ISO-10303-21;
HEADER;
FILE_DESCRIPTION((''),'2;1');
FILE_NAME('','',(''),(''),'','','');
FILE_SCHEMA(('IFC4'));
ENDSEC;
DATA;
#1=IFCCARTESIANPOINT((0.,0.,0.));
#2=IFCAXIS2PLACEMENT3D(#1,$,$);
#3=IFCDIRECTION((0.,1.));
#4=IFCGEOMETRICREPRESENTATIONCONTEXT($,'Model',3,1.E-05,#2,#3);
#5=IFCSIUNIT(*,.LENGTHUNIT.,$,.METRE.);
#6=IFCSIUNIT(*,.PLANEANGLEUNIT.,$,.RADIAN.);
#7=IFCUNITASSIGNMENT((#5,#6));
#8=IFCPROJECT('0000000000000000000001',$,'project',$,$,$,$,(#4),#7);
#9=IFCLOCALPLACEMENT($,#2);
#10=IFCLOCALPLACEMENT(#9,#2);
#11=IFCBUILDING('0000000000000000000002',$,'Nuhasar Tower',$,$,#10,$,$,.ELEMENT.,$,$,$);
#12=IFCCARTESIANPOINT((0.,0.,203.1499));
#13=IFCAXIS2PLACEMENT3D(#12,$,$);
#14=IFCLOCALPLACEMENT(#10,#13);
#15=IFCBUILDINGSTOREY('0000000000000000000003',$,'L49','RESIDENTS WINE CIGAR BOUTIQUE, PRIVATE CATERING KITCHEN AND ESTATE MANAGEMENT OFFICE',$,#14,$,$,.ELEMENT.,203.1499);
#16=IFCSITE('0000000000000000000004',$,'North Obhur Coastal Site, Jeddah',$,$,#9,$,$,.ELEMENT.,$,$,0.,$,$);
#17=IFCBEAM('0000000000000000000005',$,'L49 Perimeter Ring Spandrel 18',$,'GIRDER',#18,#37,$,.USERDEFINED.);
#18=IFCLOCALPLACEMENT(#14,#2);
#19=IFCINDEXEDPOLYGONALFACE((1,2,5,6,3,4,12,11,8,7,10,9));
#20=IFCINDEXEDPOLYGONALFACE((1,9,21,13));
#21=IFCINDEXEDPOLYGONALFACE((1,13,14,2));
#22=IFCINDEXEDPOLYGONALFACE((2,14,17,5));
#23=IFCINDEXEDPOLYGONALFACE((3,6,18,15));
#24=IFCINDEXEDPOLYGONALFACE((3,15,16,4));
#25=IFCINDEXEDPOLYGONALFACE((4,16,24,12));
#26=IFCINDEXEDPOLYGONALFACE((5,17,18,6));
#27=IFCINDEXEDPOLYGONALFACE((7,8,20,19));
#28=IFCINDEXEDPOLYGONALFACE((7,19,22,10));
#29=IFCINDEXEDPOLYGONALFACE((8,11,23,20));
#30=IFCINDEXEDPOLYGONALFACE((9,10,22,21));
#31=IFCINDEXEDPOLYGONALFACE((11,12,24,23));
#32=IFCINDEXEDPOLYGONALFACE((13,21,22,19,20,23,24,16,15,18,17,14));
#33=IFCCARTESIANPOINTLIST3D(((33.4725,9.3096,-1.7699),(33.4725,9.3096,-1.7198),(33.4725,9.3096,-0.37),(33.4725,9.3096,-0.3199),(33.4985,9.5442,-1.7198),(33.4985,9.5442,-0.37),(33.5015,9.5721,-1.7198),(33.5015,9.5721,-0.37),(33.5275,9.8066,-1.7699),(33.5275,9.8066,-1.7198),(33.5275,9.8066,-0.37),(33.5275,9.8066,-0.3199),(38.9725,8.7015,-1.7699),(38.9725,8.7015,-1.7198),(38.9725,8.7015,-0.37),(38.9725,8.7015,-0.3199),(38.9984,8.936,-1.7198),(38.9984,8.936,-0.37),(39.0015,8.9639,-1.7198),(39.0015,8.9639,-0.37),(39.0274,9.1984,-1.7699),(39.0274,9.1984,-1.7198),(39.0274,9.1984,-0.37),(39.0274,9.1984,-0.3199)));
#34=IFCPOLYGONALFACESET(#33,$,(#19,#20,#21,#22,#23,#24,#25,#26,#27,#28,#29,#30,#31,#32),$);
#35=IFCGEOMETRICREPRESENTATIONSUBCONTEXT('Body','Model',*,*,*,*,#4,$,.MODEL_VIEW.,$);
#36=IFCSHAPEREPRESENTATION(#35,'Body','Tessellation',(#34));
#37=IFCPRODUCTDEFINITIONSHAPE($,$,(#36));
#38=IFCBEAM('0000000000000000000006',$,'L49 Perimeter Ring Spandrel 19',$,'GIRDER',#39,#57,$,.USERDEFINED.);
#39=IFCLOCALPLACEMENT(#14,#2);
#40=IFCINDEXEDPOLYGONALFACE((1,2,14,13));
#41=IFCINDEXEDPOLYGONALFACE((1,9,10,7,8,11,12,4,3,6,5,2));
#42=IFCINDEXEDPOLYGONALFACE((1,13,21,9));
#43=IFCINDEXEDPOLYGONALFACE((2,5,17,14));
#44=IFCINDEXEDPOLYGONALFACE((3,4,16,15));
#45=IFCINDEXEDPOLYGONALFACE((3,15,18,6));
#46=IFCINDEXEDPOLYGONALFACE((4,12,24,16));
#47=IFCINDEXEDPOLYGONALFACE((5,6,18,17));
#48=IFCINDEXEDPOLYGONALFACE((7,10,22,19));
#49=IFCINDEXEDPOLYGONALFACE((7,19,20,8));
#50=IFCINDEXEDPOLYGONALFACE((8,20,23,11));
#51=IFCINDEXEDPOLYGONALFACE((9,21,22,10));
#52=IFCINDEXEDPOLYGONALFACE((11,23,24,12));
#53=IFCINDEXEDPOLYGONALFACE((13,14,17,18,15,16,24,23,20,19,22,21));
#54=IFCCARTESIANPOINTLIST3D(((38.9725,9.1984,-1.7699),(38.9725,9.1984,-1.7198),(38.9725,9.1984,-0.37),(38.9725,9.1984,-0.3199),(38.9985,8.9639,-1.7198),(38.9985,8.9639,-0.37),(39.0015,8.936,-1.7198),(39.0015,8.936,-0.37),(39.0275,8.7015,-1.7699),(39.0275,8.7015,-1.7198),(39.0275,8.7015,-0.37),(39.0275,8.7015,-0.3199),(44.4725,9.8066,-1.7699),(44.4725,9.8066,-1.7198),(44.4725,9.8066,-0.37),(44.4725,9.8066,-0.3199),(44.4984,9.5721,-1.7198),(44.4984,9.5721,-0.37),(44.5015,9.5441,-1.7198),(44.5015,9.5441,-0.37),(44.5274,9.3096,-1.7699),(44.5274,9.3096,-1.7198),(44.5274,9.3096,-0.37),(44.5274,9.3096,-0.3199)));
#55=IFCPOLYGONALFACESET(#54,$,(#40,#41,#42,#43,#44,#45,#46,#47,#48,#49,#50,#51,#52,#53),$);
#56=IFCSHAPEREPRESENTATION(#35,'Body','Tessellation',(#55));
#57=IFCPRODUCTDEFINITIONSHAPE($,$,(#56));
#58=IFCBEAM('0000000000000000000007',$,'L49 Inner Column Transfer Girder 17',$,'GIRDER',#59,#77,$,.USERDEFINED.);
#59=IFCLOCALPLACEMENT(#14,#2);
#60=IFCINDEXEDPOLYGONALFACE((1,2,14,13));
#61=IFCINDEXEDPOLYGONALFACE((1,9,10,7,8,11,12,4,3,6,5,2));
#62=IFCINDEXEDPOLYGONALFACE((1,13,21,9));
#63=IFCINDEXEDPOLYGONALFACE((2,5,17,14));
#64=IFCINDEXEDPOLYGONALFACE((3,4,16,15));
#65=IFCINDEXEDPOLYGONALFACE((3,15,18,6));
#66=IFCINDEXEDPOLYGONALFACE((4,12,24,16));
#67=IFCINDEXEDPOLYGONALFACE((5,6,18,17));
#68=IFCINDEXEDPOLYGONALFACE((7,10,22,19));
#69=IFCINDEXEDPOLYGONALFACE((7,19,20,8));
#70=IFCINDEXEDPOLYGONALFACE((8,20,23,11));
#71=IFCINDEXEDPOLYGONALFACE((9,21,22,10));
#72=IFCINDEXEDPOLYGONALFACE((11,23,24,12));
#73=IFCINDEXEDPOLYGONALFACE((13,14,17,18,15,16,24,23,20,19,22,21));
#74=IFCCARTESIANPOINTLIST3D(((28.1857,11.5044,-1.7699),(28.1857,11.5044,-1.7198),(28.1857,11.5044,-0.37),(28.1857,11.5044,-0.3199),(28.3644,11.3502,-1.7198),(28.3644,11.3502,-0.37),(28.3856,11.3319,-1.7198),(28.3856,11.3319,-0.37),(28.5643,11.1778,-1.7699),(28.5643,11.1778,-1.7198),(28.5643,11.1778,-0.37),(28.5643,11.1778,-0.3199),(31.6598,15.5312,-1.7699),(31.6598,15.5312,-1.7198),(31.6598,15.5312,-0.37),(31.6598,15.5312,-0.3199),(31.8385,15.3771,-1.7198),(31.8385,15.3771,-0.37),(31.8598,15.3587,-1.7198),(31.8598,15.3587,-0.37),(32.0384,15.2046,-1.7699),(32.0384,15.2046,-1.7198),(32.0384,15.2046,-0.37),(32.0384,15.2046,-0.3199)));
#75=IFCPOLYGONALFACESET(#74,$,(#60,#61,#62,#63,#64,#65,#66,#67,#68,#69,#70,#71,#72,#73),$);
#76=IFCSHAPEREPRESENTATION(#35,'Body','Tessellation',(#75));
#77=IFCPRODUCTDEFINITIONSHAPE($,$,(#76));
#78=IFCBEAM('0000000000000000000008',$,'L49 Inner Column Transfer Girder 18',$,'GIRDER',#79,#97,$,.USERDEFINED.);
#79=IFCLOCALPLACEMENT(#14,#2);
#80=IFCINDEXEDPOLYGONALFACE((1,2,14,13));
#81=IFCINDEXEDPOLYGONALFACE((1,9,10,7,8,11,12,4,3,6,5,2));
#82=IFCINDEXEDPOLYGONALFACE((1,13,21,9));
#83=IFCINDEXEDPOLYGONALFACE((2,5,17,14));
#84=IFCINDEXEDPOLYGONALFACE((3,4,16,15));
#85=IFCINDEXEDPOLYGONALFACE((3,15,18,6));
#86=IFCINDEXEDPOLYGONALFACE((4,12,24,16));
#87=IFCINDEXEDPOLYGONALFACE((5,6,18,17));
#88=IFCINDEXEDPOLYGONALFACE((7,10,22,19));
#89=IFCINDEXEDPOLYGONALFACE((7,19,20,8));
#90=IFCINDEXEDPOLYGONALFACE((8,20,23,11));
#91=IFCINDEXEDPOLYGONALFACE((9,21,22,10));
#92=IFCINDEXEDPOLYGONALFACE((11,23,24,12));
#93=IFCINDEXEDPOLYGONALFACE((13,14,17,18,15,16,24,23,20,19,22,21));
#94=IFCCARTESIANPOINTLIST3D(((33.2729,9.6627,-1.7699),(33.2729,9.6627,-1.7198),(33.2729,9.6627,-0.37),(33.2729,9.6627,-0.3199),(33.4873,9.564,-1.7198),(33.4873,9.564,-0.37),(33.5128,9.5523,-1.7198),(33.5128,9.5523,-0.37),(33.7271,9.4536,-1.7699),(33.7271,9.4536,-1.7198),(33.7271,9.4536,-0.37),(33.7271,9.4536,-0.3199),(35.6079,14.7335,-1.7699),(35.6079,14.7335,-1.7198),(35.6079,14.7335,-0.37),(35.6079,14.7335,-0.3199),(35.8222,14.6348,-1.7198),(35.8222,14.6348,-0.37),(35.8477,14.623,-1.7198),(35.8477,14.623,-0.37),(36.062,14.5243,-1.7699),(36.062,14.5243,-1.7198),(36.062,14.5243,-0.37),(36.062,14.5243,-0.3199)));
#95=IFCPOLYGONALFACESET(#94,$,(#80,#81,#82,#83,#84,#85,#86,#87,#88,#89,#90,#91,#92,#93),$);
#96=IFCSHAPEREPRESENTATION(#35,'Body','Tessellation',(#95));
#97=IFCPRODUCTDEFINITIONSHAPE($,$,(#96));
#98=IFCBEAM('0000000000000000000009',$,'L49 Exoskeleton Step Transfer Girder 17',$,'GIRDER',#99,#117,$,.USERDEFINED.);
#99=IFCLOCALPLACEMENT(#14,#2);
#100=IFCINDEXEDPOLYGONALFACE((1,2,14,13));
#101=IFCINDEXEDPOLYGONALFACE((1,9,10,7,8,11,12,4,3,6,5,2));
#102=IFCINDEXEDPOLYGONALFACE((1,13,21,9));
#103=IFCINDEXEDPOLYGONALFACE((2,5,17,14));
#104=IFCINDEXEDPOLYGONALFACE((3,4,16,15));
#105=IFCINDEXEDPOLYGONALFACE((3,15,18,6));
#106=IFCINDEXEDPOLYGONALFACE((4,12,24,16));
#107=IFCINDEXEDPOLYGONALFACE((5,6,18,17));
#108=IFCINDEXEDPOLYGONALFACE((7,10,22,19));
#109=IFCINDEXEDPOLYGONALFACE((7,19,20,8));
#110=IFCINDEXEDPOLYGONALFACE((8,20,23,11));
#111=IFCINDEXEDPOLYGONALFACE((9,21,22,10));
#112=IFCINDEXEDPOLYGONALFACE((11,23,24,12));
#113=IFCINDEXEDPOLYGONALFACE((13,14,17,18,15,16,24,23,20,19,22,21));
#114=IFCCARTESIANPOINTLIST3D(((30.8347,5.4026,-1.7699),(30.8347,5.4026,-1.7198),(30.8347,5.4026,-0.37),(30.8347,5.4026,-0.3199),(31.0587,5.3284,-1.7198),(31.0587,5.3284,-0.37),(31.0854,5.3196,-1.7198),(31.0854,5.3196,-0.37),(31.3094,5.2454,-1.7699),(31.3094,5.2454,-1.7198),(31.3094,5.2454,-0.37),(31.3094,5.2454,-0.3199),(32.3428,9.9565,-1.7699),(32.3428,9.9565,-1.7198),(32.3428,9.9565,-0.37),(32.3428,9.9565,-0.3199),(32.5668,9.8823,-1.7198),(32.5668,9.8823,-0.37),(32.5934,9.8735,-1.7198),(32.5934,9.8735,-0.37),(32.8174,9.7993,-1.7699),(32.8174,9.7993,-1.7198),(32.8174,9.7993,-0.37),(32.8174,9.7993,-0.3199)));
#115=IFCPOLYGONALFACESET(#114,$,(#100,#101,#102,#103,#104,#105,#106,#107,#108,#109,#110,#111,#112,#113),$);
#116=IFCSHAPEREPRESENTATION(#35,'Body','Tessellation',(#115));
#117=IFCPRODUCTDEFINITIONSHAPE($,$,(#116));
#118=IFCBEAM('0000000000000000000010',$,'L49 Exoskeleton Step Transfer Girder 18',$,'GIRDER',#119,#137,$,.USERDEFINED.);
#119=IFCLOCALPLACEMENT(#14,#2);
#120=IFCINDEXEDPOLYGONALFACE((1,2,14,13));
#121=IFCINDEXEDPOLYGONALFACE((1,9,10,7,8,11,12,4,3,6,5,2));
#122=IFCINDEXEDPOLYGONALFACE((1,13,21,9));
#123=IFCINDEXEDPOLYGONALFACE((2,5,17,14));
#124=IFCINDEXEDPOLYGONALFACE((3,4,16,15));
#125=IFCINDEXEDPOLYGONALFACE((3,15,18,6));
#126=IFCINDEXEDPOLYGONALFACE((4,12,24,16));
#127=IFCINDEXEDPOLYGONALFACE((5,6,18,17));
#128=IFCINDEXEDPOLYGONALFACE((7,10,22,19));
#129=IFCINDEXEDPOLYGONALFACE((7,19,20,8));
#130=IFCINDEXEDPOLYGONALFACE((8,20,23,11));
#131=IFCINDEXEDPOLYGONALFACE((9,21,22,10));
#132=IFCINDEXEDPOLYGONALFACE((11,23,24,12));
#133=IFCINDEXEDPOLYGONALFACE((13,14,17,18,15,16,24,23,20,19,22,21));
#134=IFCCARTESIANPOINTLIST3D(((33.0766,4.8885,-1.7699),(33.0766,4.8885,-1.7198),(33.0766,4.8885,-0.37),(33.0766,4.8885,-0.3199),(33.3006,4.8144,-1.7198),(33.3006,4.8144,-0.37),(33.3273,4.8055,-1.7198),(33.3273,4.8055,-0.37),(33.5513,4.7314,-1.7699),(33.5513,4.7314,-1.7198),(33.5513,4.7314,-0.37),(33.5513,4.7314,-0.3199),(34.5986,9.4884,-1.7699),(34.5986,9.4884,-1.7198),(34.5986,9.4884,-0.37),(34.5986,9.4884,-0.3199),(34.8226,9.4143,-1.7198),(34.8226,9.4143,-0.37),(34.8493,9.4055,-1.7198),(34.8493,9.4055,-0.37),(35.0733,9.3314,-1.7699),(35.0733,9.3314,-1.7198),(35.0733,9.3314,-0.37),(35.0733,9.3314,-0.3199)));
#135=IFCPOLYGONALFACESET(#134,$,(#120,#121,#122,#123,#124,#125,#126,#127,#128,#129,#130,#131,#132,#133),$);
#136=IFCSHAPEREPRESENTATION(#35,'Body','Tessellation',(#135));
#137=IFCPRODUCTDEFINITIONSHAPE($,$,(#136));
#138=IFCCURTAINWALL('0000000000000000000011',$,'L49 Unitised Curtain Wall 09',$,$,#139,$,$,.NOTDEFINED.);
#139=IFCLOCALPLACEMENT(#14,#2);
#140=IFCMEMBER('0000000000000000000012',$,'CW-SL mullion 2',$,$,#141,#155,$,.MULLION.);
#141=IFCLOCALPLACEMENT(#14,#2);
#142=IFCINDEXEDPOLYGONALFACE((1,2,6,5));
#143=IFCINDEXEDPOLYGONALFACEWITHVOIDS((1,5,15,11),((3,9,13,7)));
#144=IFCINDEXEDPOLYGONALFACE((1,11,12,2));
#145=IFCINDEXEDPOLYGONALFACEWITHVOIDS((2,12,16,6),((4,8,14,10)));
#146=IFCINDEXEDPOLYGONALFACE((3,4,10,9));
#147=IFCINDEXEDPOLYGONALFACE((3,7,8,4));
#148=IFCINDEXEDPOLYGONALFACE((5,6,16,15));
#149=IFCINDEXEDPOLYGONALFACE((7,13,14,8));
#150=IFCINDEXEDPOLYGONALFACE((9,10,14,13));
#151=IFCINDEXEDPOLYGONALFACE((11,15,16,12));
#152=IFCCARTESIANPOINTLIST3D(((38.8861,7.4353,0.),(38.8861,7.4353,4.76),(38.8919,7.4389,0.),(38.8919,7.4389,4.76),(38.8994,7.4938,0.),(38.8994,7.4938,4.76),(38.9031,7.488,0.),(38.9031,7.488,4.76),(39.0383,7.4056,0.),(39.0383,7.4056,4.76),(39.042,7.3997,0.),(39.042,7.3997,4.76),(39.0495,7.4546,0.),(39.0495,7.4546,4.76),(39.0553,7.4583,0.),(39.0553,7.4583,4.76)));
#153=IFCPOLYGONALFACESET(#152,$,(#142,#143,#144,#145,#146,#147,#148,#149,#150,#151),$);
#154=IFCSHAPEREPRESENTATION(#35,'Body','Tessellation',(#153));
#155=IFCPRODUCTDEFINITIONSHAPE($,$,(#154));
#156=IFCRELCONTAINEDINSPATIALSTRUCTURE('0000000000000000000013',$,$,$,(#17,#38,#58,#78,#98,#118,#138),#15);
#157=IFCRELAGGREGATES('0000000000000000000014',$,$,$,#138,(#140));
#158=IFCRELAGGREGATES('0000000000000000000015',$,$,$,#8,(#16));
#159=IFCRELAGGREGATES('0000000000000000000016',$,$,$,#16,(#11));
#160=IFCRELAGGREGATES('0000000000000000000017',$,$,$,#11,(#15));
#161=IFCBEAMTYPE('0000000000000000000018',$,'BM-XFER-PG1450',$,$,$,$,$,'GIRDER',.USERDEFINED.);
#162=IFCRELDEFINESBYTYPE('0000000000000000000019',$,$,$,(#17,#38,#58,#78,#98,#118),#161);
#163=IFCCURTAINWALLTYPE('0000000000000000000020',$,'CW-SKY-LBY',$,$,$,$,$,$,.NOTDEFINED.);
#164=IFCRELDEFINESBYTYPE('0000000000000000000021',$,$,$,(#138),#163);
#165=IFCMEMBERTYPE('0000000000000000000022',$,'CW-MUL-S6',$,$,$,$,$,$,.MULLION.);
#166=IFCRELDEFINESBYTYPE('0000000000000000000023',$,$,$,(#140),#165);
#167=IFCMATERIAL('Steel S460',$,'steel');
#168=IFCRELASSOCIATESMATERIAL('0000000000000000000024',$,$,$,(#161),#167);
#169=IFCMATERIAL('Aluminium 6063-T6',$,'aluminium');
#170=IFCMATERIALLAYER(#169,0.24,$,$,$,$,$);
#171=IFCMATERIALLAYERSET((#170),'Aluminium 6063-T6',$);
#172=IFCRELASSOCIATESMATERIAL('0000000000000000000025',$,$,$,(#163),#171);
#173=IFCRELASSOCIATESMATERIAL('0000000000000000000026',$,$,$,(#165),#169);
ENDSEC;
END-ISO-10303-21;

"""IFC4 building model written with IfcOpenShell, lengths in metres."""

from ifc_helpers import new_model, si_unit, direction, frame, origin, origin_2d, place, context, subcontext, project, spatial, hollow_rectangle, i_section, extrude, material, layer, layer_set, material_profile, profile_set, type_object, element, aggregate, save


model = new_model("IFC4")

# Units and contexts
model_context = context("Model", 3, precision=1e-05, world=origin(), true_north=direction((0.0, 1.0)))
body_context = subcontext(model_context, "Body", "Model", "MODEL_VIEW")
ifc_project = project(units=[si_unit("LENGTHUNIT", "METRE"), si_unit("PLANEANGLEUNIT", "RADIAN")], contexts=[model_context])

# Site, building, storey
site_placement = place(None, origin())
site = spatial("IfcSite", under=ifc_project, at=site_placement, Name="North Obhur Coastal Site, Jeddah", CompositionType="ELEMENT", RefElevation=0.0)
building_placement = place(site_placement, origin())
building = spatial("IfcBuilding", under=site, at=building_placement, Name="Nuhasar Tower", CompositionType="ELEMENT")
storey_placement = place(building_placement, frame((0.0, 0.0, 203.1499)))
storey = spatial("IfcBuildingStorey", under=building, at=storey_placement, Name="L49", Description="RESIDENTS WINE CIGAR BOUTIQUE, PRIVATE CATERING KITCHEN AND ESTATE MANAGEMENT OFFICE", CompositionType="ELEMENT", Elevation=203.1499)

# Beams
ifc_material_1 = material(Name="Steel S460", Category="steel")
ifc_material_profile_1 = material_profile(ifc_material_1, i_section(OverallWidth=0.5, OverallDepth=1.45, WebThickness=0.0281, FlangeThickness=0.05, at=origin_2d()), Name="PG1450X500")
ifc_profile_set_1 = profile_set([ifc_material_profile_1], Name="Steel S460")
beam_type_1 = type_object("IfcBeamType", Name="BM-XFER-PG1450", ElementType="GIRDER", PredefinedType="USERDEFINED", material=ifc_profile_set_1)
for number, where, z_axis, x_axis, name in (
    (1, (33.5, 9.5581, -1.0449), (0.993942, -0.109904, 0.0), (0.109904, 0.993942, 0.0), "L49 Perimeter Ring Spandrel 18"),
    (2, (39.0, 8.95, -1.0449), (0.993942, 0.109904, 0.0), (-0.109904, 0.993942, 0.0), "L49 Perimeter Ring Spandrel 19"),
):
    element("IfcBeam", number, at=place(storey_placement, frame(where, z_axis=z_axis, x_axis=x_axis)), inside=storey, type_object=beam_type_1, Name=name, ObjectType="GIRDER", PredefinedType="USERDEFINED", context=body_context, shape_type="SweptSolid", body=[
        extrude(i_section(OverallWidth=0.5, OverallDepth=1.45, WebThickness=0.0281, FlangeThickness=0.05, at=origin_2d()), origin(), (0.0, 0.0, 1.0), 5.5334),
    ])
beam_1_placement = place(storey_placement, frame((31.8491, 15.3679, -1.0449), z_axis=(-0.65323, -0.757159, 0.0), x_axis=(0.757159, -0.65323, 0.0)))
element("IfcBeam", 3, at=beam_1_placement, inside=storey, type_object=beam_type_1, Name="L49 Inner Column Transfer Girder 17", ObjectType="GIRDER", PredefinedType="USERDEFINED", context=body_context, shape_type="SweptSolid", body=[
    extrude(i_section(OverallWidth=0.5, OverallDepth=1.45, WebThickness=0.0281, FlangeThickness=0.05, at=origin_2d()), origin(), (0.0, 0.0, 1.0), 5.3184),
])
beam_2_placement = place(storey_placement, frame((35.835, 14.6289, -1.0449), z_axis=(-0.418259, -0.908328, 0.0), x_axis=(0.908328, -0.418259, 0.0)))
element("IfcBeam", 4, at=beam_2_placement, inside=storey, type_object=beam_type_1, Name="L49 Inner Column Transfer Girder 18", ObjectType="GIRDER", PredefinedType="USERDEFINED", context=body_context, shape_type="SweptSolid", body=[
    extrude(i_section(OverallWidth=0.5, OverallDepth=1.45, WebThickness=0.0281, FlangeThickness=0.05, at=origin_2d()), origin(), (0.0, 0.0, 1.0), 5.5825),
])
beam_3_placement = place(storey_placement, frame((32.5801, 9.8779, -1.0449), z_axis=(-0.314364, -0.949302, 0.0), x_axis=(0.949302, -0.314364, 0.0)))
element("IfcBeam", 5, at=beam_3_placement, inside=storey, type_object=beam_type_1, Name="L49 Exoskeleton Step Transfer Girder 17", ObjectType="GIRDER", PredefinedType="USERDEFINED", context=body_context, shape_type="SweptSolid", body=[
    extrude(i_section(OverallWidth=0.5, OverallDepth=1.45, WebThickness=0.0281, FlangeThickness=0.05, at=origin_2d()), origin(), (0.0, 0.0, 1.0), 4.7971),
])
beam_4_placement = place(storey_placement, frame((34.8359, 9.4099, -1.0449), z_axis=(-0.314126, -0.949381, 0.0), x_axis=(0.949381, -0.314126, 0.0)))
element("IfcBeam", 6, at=beam_4_placement, inside=storey, type_object=beam_type_1, Name="L49 Exoskeleton Step Transfer Girder 18", ObjectType="GIRDER", PredefinedType="USERDEFINED", context=body_context, shape_type="SweptSolid", body=[
    extrude(i_section(OverallWidth=0.5, OverallDepth=1.45, WebThickness=0.0281, FlangeThickness=0.05, at=origin_2d()), origin(), (0.0, 0.0, 1.0), 4.8452),
])

# Curtain wall, member
ifc_material_2 = material(Name="Aluminium 6063-T6", Category="aluminium")
ifc_layer_1 = layer(ifc_material_2, 0.24)
ifc_layer_set_1 = layer_set([ifc_layer_1], Name="Aluminium 6063-T6")
curtain_wall_type = type_object("IfcCurtainWallType", Name="CW-SKY-LBY", PredefinedType="NOTDEFINED", material=ifc_layer_set_1)
curtain_wall_placement = place(storey_placement, origin())
curtain_wall = element("IfcCurtainWall", 7, at=curtain_wall_placement, inside=storey, type_object=curtain_wall_type, Name="L49 Unitised Curtain Wall 09", PredefinedType="NOTDEFINED")
ifc_material_profile_2 = material_profile(ifc_material_2, hollow_rectangle(XDim=0.0601, YDim=0.1599, WallThickness=0.0049, at=origin_2d()), Name="CWM-6")
ifc_profile_set_2 = profile_set([ifc_material_profile_2], Name="Aluminium 6063-T6")
member_type_1 = type_object("IfcMemberType", Name="CW-MUL-S6", PredefinedType="MULLION", material=ifc_profile_set_2)
member_1_placement = place(storey_placement, frame((38.9707, 7.4468, 0.0), z_axis=(0.0, 0.0, 1.0), x_axis=(0.222243, 0.974991, 0.0)))
member_1 = element("IfcMember", 8, at=member_1_placement, type_object=member_type_1, Name="CW-SL mullion 2", PredefinedType="MULLION", context=body_context, shape_type="SweptSolid", body=[
    extrude(hollow_rectangle(XDim=0.0601, YDim=0.1599, WallThickness=0.0049, at=origin_2d()), origin(), (0.0, 0.0, 1.0), 4.76),
])

aggregate(curtain_wall, [member_1])

save(model, "model.ifc")
